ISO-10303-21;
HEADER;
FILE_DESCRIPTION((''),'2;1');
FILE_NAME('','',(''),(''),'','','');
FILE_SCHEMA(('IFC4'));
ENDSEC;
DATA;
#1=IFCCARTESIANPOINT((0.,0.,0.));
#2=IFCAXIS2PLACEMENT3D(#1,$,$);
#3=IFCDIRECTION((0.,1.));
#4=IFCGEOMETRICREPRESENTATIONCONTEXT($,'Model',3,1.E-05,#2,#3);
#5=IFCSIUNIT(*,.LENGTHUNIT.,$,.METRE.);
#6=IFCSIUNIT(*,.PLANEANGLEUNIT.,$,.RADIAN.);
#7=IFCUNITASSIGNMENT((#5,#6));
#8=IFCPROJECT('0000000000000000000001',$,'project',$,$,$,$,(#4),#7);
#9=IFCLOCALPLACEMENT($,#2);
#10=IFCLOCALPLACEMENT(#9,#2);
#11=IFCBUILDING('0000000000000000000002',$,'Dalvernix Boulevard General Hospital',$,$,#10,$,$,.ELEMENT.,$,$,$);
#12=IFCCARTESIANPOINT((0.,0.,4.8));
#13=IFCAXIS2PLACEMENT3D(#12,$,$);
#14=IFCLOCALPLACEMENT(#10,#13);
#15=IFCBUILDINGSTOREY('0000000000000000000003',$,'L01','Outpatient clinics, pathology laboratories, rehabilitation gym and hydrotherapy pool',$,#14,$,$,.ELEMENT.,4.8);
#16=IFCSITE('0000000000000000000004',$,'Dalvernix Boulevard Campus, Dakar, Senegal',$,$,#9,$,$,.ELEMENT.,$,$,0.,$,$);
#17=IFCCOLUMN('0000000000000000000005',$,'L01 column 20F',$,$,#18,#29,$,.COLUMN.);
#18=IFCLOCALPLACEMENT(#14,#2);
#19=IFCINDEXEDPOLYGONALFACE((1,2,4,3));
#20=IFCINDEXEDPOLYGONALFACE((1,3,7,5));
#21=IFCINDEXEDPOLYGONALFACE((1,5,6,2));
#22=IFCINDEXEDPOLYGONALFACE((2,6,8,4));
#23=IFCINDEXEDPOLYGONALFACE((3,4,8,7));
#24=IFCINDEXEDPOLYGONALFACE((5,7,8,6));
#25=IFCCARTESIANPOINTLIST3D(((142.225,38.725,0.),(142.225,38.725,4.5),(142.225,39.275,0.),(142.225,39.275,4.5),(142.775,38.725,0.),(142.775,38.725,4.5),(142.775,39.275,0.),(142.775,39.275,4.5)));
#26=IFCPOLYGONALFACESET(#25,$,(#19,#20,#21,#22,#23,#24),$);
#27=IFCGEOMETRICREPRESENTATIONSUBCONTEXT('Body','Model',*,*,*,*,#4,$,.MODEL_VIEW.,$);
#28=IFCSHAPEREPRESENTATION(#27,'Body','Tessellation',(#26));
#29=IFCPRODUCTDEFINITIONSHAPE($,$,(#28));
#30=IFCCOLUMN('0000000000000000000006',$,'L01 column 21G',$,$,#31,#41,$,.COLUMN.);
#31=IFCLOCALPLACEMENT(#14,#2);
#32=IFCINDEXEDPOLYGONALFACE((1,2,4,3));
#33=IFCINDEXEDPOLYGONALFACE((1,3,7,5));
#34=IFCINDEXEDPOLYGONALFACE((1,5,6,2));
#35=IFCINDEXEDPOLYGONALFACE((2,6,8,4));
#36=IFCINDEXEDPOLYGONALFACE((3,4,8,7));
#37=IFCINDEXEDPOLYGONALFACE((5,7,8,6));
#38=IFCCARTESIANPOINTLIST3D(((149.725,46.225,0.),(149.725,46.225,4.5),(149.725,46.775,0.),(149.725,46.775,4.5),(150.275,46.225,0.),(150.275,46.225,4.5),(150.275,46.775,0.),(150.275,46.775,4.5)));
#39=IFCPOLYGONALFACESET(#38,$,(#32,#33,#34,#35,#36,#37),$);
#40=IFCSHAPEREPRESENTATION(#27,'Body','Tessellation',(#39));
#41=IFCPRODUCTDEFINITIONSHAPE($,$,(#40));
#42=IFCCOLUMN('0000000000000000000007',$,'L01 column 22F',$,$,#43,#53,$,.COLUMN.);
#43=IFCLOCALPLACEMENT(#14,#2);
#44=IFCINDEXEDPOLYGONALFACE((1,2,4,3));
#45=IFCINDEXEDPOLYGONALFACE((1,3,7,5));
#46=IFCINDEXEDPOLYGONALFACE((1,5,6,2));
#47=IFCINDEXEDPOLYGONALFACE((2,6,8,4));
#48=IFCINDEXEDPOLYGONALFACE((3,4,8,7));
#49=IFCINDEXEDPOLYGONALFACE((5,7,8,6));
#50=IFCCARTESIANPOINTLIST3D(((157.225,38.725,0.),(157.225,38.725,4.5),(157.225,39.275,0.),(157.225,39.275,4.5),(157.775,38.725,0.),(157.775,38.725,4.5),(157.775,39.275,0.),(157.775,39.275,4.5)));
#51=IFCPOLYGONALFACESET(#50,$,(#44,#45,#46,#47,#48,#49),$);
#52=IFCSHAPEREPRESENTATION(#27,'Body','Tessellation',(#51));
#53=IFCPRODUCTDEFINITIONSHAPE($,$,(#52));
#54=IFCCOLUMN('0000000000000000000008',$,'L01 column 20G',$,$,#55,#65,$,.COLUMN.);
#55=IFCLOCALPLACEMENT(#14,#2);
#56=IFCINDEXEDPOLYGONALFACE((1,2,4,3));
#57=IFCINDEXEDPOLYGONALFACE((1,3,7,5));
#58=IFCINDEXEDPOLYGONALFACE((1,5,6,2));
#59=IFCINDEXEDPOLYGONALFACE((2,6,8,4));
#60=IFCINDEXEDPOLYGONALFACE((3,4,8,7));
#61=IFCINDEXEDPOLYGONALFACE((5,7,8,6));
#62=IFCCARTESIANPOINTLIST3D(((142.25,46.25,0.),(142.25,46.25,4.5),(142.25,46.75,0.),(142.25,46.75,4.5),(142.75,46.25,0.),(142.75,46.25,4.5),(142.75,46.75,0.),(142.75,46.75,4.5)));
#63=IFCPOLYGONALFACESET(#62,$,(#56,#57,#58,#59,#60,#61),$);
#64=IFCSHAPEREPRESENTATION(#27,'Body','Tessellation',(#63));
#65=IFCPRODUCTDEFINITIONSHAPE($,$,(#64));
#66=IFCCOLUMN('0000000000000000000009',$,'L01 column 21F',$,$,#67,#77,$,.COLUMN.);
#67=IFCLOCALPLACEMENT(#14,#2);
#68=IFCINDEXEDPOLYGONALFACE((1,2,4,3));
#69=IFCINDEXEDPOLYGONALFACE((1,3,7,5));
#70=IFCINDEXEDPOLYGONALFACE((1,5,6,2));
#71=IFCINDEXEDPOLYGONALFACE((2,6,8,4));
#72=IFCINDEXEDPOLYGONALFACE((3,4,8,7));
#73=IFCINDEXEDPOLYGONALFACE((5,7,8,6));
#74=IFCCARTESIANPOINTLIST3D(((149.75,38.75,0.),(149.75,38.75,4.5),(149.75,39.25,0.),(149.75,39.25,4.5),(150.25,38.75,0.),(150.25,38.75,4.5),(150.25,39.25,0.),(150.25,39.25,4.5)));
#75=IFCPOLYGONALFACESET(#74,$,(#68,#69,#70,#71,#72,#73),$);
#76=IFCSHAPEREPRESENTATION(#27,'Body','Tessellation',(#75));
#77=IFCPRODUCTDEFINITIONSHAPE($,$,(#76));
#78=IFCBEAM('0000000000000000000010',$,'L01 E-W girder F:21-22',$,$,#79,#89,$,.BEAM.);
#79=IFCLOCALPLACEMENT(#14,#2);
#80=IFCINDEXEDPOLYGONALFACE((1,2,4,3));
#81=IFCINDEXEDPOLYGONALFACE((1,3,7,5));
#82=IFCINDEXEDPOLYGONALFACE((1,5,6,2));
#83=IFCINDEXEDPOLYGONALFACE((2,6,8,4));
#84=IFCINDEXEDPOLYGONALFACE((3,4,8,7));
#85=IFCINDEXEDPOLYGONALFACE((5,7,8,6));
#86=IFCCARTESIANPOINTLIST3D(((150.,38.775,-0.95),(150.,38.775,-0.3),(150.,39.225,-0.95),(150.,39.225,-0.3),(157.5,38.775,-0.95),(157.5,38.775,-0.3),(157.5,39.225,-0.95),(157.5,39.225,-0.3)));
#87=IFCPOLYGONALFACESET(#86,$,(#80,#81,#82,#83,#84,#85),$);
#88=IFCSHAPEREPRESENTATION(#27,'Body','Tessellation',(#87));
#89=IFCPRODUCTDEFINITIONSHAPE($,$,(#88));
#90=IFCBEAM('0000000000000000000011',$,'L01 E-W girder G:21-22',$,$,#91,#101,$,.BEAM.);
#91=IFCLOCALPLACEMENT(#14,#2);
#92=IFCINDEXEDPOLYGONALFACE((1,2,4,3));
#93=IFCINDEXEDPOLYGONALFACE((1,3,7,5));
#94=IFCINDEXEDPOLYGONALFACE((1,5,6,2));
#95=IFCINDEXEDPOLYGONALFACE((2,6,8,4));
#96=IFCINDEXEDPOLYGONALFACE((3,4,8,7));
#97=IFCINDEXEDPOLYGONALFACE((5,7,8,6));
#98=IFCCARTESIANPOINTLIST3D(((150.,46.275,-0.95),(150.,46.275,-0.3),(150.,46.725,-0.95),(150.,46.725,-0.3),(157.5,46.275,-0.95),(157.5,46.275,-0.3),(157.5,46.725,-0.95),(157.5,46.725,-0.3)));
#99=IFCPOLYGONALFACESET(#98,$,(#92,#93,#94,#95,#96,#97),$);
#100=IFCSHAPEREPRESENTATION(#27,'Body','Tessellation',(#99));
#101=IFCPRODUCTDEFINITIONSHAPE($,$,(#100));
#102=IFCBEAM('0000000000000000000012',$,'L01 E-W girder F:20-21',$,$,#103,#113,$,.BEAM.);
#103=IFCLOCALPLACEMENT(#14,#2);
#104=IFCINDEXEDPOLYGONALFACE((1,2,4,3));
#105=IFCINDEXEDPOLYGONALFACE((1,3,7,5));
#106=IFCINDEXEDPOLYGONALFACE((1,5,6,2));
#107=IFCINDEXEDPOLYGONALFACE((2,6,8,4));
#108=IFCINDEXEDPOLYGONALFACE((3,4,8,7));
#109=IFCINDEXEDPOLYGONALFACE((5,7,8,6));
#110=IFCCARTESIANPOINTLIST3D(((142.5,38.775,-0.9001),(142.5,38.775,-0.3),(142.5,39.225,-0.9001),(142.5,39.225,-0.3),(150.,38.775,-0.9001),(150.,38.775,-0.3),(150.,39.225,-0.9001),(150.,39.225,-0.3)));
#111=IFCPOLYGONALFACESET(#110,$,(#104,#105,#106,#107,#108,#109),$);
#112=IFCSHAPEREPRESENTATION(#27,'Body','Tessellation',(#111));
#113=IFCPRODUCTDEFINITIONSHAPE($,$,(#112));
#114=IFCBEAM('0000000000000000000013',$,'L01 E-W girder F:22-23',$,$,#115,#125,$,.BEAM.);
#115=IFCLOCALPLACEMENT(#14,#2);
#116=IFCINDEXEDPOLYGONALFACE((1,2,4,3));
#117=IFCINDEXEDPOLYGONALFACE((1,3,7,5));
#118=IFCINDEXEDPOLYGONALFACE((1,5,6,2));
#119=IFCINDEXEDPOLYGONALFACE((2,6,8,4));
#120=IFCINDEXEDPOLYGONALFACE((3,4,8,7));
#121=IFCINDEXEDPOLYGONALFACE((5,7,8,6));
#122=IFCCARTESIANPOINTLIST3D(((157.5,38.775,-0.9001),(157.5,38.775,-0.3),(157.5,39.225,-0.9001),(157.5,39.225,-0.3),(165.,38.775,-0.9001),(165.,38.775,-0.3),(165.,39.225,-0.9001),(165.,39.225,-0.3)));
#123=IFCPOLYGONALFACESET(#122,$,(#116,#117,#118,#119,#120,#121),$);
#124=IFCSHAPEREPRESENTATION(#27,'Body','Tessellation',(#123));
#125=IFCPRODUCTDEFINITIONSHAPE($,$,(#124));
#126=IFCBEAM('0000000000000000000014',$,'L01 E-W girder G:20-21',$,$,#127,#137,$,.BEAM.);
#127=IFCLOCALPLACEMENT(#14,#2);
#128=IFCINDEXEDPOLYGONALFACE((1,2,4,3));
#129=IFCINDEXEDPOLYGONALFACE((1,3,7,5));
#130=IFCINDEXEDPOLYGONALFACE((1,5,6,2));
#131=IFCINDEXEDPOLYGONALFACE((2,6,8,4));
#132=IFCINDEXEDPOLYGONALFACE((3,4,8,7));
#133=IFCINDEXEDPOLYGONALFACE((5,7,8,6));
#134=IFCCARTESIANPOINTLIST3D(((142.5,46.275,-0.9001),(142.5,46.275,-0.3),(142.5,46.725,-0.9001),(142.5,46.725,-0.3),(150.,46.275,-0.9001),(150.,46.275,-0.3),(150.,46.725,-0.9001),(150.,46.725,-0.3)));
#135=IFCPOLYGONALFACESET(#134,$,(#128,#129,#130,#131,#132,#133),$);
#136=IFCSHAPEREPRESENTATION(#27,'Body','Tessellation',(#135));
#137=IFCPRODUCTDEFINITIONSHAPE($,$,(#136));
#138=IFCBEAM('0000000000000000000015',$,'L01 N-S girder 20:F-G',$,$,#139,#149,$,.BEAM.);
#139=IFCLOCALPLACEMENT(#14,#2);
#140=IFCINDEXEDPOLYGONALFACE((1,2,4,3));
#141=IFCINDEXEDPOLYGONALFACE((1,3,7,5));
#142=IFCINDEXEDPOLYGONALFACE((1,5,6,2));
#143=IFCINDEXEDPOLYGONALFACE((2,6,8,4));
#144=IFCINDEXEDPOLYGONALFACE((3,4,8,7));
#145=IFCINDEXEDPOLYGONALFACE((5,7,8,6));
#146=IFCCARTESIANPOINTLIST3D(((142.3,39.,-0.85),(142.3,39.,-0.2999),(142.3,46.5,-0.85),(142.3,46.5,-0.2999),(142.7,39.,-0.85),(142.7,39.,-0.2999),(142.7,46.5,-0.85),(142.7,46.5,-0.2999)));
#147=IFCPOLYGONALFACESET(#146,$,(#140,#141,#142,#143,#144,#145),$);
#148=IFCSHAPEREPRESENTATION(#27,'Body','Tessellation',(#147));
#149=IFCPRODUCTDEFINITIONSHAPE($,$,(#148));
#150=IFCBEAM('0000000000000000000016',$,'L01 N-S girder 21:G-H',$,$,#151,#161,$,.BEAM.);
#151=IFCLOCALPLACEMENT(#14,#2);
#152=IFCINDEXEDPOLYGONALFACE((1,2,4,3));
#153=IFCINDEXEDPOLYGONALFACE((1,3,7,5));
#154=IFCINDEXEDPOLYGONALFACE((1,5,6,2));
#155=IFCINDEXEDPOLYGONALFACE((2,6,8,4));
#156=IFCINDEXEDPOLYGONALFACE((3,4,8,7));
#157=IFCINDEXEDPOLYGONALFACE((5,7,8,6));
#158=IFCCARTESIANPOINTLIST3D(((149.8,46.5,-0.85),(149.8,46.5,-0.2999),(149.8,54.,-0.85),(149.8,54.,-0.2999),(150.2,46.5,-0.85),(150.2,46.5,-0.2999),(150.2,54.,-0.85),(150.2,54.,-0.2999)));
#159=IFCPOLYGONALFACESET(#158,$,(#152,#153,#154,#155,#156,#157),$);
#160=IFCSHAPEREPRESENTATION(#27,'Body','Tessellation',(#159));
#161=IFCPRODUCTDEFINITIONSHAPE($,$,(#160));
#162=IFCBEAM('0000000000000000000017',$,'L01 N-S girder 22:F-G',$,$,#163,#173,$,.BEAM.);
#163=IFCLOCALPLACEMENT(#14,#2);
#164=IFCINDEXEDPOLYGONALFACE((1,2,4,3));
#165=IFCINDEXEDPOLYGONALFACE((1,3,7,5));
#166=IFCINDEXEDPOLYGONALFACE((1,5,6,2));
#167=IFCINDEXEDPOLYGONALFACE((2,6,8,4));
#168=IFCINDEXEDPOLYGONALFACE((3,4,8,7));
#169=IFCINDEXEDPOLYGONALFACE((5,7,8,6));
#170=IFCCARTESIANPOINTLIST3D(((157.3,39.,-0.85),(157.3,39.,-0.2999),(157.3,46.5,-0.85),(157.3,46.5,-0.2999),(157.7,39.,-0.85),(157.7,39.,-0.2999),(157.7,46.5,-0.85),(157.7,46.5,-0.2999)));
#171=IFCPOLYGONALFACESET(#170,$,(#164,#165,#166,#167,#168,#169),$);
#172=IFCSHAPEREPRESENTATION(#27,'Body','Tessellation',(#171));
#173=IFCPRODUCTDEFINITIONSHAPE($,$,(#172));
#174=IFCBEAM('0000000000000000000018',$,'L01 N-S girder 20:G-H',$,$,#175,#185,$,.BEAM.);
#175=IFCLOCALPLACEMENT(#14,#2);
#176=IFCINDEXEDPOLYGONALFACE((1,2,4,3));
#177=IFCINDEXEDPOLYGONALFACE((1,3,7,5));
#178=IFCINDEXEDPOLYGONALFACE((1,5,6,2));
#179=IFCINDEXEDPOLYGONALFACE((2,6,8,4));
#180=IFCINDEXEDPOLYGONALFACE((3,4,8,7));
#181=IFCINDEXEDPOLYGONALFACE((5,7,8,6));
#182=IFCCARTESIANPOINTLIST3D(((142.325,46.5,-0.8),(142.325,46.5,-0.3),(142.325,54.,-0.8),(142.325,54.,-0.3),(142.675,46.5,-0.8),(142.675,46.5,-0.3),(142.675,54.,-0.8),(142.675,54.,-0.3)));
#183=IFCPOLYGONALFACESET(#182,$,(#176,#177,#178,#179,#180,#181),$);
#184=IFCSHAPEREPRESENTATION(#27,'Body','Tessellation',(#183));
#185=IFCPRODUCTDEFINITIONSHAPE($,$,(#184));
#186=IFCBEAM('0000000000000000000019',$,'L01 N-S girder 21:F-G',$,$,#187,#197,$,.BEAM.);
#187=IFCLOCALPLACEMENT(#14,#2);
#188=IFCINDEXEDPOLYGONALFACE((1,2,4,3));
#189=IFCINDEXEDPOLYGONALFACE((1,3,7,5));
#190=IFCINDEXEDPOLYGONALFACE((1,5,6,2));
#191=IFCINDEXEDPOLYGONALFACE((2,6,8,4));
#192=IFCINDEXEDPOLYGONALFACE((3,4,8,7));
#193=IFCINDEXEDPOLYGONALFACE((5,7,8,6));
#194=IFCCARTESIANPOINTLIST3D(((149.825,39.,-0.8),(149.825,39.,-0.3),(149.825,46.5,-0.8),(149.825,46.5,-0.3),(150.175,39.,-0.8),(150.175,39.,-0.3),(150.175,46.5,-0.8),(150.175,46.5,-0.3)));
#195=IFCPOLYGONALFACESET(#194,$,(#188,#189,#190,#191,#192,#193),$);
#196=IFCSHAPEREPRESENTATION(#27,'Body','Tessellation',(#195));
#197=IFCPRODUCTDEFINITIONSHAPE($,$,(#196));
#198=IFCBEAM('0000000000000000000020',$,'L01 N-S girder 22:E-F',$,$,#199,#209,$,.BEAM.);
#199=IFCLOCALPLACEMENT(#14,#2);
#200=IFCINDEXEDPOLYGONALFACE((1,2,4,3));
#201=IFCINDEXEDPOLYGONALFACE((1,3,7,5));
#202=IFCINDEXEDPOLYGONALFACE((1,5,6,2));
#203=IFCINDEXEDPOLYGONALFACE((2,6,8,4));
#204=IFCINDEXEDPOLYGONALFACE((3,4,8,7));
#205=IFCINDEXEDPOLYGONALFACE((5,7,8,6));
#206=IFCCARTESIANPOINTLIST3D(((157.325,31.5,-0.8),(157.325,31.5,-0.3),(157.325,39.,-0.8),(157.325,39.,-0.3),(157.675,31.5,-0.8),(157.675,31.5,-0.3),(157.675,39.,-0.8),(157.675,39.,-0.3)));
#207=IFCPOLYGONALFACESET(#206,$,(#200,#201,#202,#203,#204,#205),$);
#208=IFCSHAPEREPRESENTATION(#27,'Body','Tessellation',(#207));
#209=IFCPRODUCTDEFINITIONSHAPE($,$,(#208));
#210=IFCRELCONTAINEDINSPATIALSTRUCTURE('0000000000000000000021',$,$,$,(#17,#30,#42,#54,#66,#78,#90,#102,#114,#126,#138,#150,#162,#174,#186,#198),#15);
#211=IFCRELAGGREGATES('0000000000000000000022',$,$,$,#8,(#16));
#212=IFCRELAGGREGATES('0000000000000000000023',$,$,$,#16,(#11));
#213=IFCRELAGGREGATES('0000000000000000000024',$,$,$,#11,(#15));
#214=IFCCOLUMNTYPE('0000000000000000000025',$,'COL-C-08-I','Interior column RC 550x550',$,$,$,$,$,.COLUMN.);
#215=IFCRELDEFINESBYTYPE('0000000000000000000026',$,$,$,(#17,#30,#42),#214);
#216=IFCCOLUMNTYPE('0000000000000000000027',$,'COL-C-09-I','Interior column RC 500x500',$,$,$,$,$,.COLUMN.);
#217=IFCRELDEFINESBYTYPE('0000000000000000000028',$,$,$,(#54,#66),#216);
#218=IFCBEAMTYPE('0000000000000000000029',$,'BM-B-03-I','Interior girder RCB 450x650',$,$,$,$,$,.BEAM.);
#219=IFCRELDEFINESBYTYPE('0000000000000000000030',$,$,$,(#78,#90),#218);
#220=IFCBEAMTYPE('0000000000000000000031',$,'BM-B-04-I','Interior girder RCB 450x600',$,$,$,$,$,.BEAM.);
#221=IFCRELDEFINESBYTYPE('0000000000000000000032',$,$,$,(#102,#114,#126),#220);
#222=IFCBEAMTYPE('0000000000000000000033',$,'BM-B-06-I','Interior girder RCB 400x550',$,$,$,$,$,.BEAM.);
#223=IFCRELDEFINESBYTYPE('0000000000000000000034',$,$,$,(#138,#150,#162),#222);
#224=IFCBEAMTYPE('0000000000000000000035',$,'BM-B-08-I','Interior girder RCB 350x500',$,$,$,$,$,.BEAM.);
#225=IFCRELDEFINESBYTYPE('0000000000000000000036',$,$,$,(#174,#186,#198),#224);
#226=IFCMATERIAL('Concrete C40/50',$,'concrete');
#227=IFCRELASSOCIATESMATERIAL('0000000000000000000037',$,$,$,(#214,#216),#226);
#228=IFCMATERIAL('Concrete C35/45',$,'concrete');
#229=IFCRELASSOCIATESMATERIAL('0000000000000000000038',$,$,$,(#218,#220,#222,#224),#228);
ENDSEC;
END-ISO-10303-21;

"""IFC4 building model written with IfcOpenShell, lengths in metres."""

from ifc_helpers import new_model, si_unit, direction, frame, origin, origin_2d, place, context, subcontext, project, spatial, rectangle, extrude, material, material_profile, profile_set, type_object, element, save


model = new_model("IFC4")

# Units and contexts
model_context = context("Model", 3, precision=1e-05, world=origin(), true_north=direction((0.0, 1.0)))
body_context = subcontext(model_context, "Body", "Model", "MODEL_VIEW")
ifc_project = project(units=[si_unit("LENGTHUNIT", "METRE"), si_unit("PLANEANGLEUNIT", "RADIAN")], contexts=[model_context])

# Site, building, storey
site_placement = place(None, origin())
site = spatial("IfcSite", under=ifc_project, at=site_placement, Name="Dalvernix Boulevard Campus, Dakar, Senegal", CompositionType="ELEMENT", RefElevation=0.0)
building_placement = place(site_placement, origin())
building = spatial("IfcBuilding", under=site, at=building_placement, Name="Dalvernix Boulevard General Hospital", CompositionType="ELEMENT")
storey_placement = place(building_placement, frame((0.0, 0.0, 4.8)))
storey = spatial("IfcBuildingStorey", under=building, at=storey_placement, Name="L01", Description="Outpatient clinics, pathology laboratories, rehabilitation gym and hydrotherapy pool", CompositionType="ELEMENT", Elevation=4.8)

# Columns
ifc_material_1 = material(Name="Concrete C40/50", Category="concrete")
ifc_material_profile_1 = material_profile(ifc_material_1, rectangle(XDim=0.55, YDim=0.55, at=origin_2d()), Name="RC 550x550")
ifc_profile_set_1 = profile_set([ifc_material_profile_1], Name="Concrete C40/50")
column_type_1 = type_object("IfcColumnType", Name="COL-C-08-I", Description="Interior column RC 550x550", PredefinedType="COLUMN", material=ifc_profile_set_1)
for number, where, z_axis, x_axis, name in (
    (1, (142.5, 39.0, 0.0), (0.0, 0.0, 1.0), (1.0, 0.0, 0.0), "L01 column 20F"),
    (2, (150.0, 46.5, 0.0), (0.0, 0.0, 1.0), (1.0, 0.0, 0.0), "L01 column 21G"),
    (3, (157.5, 39.0, 0.0), (0.0, 0.0, 1.0), (1.0, 0.0, 0.0), "L01 column 22F"),
):
    element("IfcColumn", number, at=place(storey_placement, frame(where, z_axis=z_axis, x_axis=x_axis)), inside=storey, type_object=column_type_1, Name=name, PredefinedType="COLUMN", context=body_context, shape_type="SweptSolid", body=[
        extrude(rectangle(XDim=0.55, YDim=0.55, at=origin_2d()), origin(), (0.0, 0.0, 1.0), 4.5),
    ])
ifc_material_profile_2 = material_profile(ifc_material_1, rectangle(XDim=0.5, YDim=0.5, at=origin_2d()), Name="RC 500x500")
ifc_profile_set_2 = profile_set([ifc_material_profile_2], Name="Concrete C40/50")
column_type_2 = type_object("IfcColumnType", Name="COL-C-09-I", Description="Interior column RC 500x500", PredefinedType="COLUMN", material=ifc_profile_set_2)
for number, where, z_axis, x_axis, name in (
    (4, (142.5, 46.5, 0.0), (0.0, 0.0, 1.0), (1.0, 0.0, 0.0), "L01 column 20G"),
    (5, (150.0, 39.0, 0.0), (0.0, 0.0, 1.0), (1.0, 0.0, 0.0), "L01 column 21F"),
):
    element("IfcColumn", number, at=place(storey_placement, frame(where, z_axis=z_axis, x_axis=x_axis)), inside=storey, type_object=column_type_2, Name=name, PredefinedType="COLUMN", context=body_context, shape_type="SweptSolid", body=[
        extrude(rectangle(XDim=0.5, YDim=0.5, at=origin_2d()), origin(), (0.0, 0.0, 1.0), 4.5),
    ])

# Beams
ifc_material_2 = material(Name="Concrete C35/45", Category="concrete")
ifc_material_profile_3 = material_profile(ifc_material_2, rectangle(XDim=0.45, YDim=0.6499, at=origin_2d()), Name="RCB 450x650")
ifc_profile_set_3 = profile_set([ifc_material_profile_3], Name="Concrete C35/45")
beam_type_1 = type_object("IfcBeamType", Name="BM-B-03-I", Description="Interior girder RCB 450x650", PredefinedType="BEAM", material=ifc_profile_set_3)
for number, where, z_axis, x_axis, name in (
    (6, (150.0, 39.0, -0.625), (1.0, 0.0, 0.0), (0.0, 1.0, 0.0), "L01 E-W girder F:21-22"),
    (7, (150.0, 46.5, -0.625), (1.0, 0.0, 0.0), (0.0, 1.0, 0.0), "L01 E-W girder G:21-22"),
):
    element("IfcBeam", number, at=place(storey_placement, frame(where, z_axis=z_axis, x_axis=x_axis)), inside=storey, type_object=beam_type_1, Name=name, PredefinedType="BEAM", context=body_context, shape_type="SweptSolid", body=[
        extrude(rectangle(XDim=0.45, YDim=0.6499, at=origin_2d()), origin(), (0.0, 0.0, 1.0), 7.5),
    ])
ifc_material_profile_4 = material_profile(ifc_material_2, rectangle(XDim=0.45, YDim=0.6001, at=origin_2d()), Name="RCB 450x600")
ifc_profile_set_4 = profile_set([ifc_material_profile_4], Name="Concrete C35/45")
beam_type_2 = type_object("IfcBeamType", Name="BM-B-04-I", Description="Interior girder RCB 450x600", PredefinedType="BEAM", material=ifc_profile_set_4)
for number, where, z_axis, x_axis, name in (
    (8, (142.5, 39.0, -0.6001), (1.0, 0.0, 0.0), (0.0, 1.0, 0.0), "L01 E-W girder F:20-21"),
    (9, (157.5, 39.0, -0.6001), (1.0, 0.0, 0.0), (0.0, 1.0, 0.0), "L01 E-W girder F:22-23"),
    (10, (142.5, 46.5, -0.6001), (1.0, 0.0, 0.0), (0.0, 1.0, 0.0), "L01 E-W girder G:20-21"),
):
    element("IfcBeam", number, at=place(storey_placement, frame(where, z_axis=z_axis, x_axis=x_axis)), inside=storey, type_object=beam_type_2, Name=name, PredefinedType="BEAM", context=body_context, shape_type="SweptSolid", body=[
        extrude(rectangle(XDim=0.45, YDim=0.6001, at=origin_2d()), origin(), (0.0, 0.0, 1.0), 7.5),
    ])
ifc_material_profile_5 = material_profile(ifc_material_2, rectangle(XDim=0.3999, YDim=0.55, at=origin_2d()), Name="RCB 400x550")
ifc_profile_set_5 = profile_set([ifc_material_profile_5], Name="Concrete C35/45")
beam_type_3 = type_object("IfcBeamType", Name="BM-B-06-I", Description="Interior girder RCB 400x550", PredefinedType="BEAM", material=ifc_profile_set_5)
for number, where, z_axis, x_axis, name in (
    (11, (142.5, 39.0, -0.575), (0.0, 1.0, 0.0), (-1.0, 0.0, 0.0), "L01 N-S girder 20:F-G"),
    (12, (150.0, 46.5, -0.575), (0.0, 1.0, 0.0), (-1.0, 0.0, 0.0), "L01 N-S girder 21:G-H"),
    (13, (157.5, 39.0, -0.575), (0.0, 1.0, 0.0), (-1.0, 0.0, 0.0), "L01 N-S girder 22:F-G"),
):
    element("IfcBeam", number, at=place(storey_placement, frame(where, z_axis=z_axis, x_axis=x_axis)), inside=storey, type_object=beam_type_3, Name=name, PredefinedType="BEAM", context=body_context, shape_type="SweptSolid", body=[
        extrude(rectangle(XDim=0.3999, YDim=0.55, at=origin_2d()), origin(), (0.0, 0.0, 1.0), 7.5),
    ])
ifc_material_profile_6 = material_profile(ifc_material_2, rectangle(XDim=0.3501, YDim=0.5, at=origin_2d()), Name="RCB 350x500")
ifc_profile_set_6 = profile_set([ifc_material_profile_6], Name="Concrete C35/45")
beam_type_4 = type_object("IfcBeamType", Name="BM-B-08-I", Description="Interior girder RCB 350x500", PredefinedType="BEAM", material=ifc_profile_set_6)
for number, where, z_axis, x_axis, name in (
    (14, (142.5, 46.5, -0.55), (0.0, 1.0, 0.0), (-1.0, 0.0, 0.0), "L01 N-S girder 20:G-H"),
    (15, (150.0, 39.0, -0.55), (0.0, 1.0, 0.0), (-1.0, 0.0, 0.0), "L01 N-S girder 21:F-G"),
    (16, (157.5, 31.5, -0.55), (0.0, 1.0, 0.0), (-1.0, 0.0, 0.0), "L01 N-S girder 22:E-F"),
):
    element("IfcBeam", number, at=place(storey_placement, frame(where, z_axis=z_axis, x_axis=x_axis)), inside=storey, type_object=beam_type_4, Name=name, PredefinedType="BEAM", context=body_context, shape_type="SweptSolid", body=[
        extrude(rectangle(XDim=0.3501, YDim=0.5, at=origin_2d()), origin(), (0.0, 0.0, 1.0), 7.5),
    ])

save(model, "model.ifc")
